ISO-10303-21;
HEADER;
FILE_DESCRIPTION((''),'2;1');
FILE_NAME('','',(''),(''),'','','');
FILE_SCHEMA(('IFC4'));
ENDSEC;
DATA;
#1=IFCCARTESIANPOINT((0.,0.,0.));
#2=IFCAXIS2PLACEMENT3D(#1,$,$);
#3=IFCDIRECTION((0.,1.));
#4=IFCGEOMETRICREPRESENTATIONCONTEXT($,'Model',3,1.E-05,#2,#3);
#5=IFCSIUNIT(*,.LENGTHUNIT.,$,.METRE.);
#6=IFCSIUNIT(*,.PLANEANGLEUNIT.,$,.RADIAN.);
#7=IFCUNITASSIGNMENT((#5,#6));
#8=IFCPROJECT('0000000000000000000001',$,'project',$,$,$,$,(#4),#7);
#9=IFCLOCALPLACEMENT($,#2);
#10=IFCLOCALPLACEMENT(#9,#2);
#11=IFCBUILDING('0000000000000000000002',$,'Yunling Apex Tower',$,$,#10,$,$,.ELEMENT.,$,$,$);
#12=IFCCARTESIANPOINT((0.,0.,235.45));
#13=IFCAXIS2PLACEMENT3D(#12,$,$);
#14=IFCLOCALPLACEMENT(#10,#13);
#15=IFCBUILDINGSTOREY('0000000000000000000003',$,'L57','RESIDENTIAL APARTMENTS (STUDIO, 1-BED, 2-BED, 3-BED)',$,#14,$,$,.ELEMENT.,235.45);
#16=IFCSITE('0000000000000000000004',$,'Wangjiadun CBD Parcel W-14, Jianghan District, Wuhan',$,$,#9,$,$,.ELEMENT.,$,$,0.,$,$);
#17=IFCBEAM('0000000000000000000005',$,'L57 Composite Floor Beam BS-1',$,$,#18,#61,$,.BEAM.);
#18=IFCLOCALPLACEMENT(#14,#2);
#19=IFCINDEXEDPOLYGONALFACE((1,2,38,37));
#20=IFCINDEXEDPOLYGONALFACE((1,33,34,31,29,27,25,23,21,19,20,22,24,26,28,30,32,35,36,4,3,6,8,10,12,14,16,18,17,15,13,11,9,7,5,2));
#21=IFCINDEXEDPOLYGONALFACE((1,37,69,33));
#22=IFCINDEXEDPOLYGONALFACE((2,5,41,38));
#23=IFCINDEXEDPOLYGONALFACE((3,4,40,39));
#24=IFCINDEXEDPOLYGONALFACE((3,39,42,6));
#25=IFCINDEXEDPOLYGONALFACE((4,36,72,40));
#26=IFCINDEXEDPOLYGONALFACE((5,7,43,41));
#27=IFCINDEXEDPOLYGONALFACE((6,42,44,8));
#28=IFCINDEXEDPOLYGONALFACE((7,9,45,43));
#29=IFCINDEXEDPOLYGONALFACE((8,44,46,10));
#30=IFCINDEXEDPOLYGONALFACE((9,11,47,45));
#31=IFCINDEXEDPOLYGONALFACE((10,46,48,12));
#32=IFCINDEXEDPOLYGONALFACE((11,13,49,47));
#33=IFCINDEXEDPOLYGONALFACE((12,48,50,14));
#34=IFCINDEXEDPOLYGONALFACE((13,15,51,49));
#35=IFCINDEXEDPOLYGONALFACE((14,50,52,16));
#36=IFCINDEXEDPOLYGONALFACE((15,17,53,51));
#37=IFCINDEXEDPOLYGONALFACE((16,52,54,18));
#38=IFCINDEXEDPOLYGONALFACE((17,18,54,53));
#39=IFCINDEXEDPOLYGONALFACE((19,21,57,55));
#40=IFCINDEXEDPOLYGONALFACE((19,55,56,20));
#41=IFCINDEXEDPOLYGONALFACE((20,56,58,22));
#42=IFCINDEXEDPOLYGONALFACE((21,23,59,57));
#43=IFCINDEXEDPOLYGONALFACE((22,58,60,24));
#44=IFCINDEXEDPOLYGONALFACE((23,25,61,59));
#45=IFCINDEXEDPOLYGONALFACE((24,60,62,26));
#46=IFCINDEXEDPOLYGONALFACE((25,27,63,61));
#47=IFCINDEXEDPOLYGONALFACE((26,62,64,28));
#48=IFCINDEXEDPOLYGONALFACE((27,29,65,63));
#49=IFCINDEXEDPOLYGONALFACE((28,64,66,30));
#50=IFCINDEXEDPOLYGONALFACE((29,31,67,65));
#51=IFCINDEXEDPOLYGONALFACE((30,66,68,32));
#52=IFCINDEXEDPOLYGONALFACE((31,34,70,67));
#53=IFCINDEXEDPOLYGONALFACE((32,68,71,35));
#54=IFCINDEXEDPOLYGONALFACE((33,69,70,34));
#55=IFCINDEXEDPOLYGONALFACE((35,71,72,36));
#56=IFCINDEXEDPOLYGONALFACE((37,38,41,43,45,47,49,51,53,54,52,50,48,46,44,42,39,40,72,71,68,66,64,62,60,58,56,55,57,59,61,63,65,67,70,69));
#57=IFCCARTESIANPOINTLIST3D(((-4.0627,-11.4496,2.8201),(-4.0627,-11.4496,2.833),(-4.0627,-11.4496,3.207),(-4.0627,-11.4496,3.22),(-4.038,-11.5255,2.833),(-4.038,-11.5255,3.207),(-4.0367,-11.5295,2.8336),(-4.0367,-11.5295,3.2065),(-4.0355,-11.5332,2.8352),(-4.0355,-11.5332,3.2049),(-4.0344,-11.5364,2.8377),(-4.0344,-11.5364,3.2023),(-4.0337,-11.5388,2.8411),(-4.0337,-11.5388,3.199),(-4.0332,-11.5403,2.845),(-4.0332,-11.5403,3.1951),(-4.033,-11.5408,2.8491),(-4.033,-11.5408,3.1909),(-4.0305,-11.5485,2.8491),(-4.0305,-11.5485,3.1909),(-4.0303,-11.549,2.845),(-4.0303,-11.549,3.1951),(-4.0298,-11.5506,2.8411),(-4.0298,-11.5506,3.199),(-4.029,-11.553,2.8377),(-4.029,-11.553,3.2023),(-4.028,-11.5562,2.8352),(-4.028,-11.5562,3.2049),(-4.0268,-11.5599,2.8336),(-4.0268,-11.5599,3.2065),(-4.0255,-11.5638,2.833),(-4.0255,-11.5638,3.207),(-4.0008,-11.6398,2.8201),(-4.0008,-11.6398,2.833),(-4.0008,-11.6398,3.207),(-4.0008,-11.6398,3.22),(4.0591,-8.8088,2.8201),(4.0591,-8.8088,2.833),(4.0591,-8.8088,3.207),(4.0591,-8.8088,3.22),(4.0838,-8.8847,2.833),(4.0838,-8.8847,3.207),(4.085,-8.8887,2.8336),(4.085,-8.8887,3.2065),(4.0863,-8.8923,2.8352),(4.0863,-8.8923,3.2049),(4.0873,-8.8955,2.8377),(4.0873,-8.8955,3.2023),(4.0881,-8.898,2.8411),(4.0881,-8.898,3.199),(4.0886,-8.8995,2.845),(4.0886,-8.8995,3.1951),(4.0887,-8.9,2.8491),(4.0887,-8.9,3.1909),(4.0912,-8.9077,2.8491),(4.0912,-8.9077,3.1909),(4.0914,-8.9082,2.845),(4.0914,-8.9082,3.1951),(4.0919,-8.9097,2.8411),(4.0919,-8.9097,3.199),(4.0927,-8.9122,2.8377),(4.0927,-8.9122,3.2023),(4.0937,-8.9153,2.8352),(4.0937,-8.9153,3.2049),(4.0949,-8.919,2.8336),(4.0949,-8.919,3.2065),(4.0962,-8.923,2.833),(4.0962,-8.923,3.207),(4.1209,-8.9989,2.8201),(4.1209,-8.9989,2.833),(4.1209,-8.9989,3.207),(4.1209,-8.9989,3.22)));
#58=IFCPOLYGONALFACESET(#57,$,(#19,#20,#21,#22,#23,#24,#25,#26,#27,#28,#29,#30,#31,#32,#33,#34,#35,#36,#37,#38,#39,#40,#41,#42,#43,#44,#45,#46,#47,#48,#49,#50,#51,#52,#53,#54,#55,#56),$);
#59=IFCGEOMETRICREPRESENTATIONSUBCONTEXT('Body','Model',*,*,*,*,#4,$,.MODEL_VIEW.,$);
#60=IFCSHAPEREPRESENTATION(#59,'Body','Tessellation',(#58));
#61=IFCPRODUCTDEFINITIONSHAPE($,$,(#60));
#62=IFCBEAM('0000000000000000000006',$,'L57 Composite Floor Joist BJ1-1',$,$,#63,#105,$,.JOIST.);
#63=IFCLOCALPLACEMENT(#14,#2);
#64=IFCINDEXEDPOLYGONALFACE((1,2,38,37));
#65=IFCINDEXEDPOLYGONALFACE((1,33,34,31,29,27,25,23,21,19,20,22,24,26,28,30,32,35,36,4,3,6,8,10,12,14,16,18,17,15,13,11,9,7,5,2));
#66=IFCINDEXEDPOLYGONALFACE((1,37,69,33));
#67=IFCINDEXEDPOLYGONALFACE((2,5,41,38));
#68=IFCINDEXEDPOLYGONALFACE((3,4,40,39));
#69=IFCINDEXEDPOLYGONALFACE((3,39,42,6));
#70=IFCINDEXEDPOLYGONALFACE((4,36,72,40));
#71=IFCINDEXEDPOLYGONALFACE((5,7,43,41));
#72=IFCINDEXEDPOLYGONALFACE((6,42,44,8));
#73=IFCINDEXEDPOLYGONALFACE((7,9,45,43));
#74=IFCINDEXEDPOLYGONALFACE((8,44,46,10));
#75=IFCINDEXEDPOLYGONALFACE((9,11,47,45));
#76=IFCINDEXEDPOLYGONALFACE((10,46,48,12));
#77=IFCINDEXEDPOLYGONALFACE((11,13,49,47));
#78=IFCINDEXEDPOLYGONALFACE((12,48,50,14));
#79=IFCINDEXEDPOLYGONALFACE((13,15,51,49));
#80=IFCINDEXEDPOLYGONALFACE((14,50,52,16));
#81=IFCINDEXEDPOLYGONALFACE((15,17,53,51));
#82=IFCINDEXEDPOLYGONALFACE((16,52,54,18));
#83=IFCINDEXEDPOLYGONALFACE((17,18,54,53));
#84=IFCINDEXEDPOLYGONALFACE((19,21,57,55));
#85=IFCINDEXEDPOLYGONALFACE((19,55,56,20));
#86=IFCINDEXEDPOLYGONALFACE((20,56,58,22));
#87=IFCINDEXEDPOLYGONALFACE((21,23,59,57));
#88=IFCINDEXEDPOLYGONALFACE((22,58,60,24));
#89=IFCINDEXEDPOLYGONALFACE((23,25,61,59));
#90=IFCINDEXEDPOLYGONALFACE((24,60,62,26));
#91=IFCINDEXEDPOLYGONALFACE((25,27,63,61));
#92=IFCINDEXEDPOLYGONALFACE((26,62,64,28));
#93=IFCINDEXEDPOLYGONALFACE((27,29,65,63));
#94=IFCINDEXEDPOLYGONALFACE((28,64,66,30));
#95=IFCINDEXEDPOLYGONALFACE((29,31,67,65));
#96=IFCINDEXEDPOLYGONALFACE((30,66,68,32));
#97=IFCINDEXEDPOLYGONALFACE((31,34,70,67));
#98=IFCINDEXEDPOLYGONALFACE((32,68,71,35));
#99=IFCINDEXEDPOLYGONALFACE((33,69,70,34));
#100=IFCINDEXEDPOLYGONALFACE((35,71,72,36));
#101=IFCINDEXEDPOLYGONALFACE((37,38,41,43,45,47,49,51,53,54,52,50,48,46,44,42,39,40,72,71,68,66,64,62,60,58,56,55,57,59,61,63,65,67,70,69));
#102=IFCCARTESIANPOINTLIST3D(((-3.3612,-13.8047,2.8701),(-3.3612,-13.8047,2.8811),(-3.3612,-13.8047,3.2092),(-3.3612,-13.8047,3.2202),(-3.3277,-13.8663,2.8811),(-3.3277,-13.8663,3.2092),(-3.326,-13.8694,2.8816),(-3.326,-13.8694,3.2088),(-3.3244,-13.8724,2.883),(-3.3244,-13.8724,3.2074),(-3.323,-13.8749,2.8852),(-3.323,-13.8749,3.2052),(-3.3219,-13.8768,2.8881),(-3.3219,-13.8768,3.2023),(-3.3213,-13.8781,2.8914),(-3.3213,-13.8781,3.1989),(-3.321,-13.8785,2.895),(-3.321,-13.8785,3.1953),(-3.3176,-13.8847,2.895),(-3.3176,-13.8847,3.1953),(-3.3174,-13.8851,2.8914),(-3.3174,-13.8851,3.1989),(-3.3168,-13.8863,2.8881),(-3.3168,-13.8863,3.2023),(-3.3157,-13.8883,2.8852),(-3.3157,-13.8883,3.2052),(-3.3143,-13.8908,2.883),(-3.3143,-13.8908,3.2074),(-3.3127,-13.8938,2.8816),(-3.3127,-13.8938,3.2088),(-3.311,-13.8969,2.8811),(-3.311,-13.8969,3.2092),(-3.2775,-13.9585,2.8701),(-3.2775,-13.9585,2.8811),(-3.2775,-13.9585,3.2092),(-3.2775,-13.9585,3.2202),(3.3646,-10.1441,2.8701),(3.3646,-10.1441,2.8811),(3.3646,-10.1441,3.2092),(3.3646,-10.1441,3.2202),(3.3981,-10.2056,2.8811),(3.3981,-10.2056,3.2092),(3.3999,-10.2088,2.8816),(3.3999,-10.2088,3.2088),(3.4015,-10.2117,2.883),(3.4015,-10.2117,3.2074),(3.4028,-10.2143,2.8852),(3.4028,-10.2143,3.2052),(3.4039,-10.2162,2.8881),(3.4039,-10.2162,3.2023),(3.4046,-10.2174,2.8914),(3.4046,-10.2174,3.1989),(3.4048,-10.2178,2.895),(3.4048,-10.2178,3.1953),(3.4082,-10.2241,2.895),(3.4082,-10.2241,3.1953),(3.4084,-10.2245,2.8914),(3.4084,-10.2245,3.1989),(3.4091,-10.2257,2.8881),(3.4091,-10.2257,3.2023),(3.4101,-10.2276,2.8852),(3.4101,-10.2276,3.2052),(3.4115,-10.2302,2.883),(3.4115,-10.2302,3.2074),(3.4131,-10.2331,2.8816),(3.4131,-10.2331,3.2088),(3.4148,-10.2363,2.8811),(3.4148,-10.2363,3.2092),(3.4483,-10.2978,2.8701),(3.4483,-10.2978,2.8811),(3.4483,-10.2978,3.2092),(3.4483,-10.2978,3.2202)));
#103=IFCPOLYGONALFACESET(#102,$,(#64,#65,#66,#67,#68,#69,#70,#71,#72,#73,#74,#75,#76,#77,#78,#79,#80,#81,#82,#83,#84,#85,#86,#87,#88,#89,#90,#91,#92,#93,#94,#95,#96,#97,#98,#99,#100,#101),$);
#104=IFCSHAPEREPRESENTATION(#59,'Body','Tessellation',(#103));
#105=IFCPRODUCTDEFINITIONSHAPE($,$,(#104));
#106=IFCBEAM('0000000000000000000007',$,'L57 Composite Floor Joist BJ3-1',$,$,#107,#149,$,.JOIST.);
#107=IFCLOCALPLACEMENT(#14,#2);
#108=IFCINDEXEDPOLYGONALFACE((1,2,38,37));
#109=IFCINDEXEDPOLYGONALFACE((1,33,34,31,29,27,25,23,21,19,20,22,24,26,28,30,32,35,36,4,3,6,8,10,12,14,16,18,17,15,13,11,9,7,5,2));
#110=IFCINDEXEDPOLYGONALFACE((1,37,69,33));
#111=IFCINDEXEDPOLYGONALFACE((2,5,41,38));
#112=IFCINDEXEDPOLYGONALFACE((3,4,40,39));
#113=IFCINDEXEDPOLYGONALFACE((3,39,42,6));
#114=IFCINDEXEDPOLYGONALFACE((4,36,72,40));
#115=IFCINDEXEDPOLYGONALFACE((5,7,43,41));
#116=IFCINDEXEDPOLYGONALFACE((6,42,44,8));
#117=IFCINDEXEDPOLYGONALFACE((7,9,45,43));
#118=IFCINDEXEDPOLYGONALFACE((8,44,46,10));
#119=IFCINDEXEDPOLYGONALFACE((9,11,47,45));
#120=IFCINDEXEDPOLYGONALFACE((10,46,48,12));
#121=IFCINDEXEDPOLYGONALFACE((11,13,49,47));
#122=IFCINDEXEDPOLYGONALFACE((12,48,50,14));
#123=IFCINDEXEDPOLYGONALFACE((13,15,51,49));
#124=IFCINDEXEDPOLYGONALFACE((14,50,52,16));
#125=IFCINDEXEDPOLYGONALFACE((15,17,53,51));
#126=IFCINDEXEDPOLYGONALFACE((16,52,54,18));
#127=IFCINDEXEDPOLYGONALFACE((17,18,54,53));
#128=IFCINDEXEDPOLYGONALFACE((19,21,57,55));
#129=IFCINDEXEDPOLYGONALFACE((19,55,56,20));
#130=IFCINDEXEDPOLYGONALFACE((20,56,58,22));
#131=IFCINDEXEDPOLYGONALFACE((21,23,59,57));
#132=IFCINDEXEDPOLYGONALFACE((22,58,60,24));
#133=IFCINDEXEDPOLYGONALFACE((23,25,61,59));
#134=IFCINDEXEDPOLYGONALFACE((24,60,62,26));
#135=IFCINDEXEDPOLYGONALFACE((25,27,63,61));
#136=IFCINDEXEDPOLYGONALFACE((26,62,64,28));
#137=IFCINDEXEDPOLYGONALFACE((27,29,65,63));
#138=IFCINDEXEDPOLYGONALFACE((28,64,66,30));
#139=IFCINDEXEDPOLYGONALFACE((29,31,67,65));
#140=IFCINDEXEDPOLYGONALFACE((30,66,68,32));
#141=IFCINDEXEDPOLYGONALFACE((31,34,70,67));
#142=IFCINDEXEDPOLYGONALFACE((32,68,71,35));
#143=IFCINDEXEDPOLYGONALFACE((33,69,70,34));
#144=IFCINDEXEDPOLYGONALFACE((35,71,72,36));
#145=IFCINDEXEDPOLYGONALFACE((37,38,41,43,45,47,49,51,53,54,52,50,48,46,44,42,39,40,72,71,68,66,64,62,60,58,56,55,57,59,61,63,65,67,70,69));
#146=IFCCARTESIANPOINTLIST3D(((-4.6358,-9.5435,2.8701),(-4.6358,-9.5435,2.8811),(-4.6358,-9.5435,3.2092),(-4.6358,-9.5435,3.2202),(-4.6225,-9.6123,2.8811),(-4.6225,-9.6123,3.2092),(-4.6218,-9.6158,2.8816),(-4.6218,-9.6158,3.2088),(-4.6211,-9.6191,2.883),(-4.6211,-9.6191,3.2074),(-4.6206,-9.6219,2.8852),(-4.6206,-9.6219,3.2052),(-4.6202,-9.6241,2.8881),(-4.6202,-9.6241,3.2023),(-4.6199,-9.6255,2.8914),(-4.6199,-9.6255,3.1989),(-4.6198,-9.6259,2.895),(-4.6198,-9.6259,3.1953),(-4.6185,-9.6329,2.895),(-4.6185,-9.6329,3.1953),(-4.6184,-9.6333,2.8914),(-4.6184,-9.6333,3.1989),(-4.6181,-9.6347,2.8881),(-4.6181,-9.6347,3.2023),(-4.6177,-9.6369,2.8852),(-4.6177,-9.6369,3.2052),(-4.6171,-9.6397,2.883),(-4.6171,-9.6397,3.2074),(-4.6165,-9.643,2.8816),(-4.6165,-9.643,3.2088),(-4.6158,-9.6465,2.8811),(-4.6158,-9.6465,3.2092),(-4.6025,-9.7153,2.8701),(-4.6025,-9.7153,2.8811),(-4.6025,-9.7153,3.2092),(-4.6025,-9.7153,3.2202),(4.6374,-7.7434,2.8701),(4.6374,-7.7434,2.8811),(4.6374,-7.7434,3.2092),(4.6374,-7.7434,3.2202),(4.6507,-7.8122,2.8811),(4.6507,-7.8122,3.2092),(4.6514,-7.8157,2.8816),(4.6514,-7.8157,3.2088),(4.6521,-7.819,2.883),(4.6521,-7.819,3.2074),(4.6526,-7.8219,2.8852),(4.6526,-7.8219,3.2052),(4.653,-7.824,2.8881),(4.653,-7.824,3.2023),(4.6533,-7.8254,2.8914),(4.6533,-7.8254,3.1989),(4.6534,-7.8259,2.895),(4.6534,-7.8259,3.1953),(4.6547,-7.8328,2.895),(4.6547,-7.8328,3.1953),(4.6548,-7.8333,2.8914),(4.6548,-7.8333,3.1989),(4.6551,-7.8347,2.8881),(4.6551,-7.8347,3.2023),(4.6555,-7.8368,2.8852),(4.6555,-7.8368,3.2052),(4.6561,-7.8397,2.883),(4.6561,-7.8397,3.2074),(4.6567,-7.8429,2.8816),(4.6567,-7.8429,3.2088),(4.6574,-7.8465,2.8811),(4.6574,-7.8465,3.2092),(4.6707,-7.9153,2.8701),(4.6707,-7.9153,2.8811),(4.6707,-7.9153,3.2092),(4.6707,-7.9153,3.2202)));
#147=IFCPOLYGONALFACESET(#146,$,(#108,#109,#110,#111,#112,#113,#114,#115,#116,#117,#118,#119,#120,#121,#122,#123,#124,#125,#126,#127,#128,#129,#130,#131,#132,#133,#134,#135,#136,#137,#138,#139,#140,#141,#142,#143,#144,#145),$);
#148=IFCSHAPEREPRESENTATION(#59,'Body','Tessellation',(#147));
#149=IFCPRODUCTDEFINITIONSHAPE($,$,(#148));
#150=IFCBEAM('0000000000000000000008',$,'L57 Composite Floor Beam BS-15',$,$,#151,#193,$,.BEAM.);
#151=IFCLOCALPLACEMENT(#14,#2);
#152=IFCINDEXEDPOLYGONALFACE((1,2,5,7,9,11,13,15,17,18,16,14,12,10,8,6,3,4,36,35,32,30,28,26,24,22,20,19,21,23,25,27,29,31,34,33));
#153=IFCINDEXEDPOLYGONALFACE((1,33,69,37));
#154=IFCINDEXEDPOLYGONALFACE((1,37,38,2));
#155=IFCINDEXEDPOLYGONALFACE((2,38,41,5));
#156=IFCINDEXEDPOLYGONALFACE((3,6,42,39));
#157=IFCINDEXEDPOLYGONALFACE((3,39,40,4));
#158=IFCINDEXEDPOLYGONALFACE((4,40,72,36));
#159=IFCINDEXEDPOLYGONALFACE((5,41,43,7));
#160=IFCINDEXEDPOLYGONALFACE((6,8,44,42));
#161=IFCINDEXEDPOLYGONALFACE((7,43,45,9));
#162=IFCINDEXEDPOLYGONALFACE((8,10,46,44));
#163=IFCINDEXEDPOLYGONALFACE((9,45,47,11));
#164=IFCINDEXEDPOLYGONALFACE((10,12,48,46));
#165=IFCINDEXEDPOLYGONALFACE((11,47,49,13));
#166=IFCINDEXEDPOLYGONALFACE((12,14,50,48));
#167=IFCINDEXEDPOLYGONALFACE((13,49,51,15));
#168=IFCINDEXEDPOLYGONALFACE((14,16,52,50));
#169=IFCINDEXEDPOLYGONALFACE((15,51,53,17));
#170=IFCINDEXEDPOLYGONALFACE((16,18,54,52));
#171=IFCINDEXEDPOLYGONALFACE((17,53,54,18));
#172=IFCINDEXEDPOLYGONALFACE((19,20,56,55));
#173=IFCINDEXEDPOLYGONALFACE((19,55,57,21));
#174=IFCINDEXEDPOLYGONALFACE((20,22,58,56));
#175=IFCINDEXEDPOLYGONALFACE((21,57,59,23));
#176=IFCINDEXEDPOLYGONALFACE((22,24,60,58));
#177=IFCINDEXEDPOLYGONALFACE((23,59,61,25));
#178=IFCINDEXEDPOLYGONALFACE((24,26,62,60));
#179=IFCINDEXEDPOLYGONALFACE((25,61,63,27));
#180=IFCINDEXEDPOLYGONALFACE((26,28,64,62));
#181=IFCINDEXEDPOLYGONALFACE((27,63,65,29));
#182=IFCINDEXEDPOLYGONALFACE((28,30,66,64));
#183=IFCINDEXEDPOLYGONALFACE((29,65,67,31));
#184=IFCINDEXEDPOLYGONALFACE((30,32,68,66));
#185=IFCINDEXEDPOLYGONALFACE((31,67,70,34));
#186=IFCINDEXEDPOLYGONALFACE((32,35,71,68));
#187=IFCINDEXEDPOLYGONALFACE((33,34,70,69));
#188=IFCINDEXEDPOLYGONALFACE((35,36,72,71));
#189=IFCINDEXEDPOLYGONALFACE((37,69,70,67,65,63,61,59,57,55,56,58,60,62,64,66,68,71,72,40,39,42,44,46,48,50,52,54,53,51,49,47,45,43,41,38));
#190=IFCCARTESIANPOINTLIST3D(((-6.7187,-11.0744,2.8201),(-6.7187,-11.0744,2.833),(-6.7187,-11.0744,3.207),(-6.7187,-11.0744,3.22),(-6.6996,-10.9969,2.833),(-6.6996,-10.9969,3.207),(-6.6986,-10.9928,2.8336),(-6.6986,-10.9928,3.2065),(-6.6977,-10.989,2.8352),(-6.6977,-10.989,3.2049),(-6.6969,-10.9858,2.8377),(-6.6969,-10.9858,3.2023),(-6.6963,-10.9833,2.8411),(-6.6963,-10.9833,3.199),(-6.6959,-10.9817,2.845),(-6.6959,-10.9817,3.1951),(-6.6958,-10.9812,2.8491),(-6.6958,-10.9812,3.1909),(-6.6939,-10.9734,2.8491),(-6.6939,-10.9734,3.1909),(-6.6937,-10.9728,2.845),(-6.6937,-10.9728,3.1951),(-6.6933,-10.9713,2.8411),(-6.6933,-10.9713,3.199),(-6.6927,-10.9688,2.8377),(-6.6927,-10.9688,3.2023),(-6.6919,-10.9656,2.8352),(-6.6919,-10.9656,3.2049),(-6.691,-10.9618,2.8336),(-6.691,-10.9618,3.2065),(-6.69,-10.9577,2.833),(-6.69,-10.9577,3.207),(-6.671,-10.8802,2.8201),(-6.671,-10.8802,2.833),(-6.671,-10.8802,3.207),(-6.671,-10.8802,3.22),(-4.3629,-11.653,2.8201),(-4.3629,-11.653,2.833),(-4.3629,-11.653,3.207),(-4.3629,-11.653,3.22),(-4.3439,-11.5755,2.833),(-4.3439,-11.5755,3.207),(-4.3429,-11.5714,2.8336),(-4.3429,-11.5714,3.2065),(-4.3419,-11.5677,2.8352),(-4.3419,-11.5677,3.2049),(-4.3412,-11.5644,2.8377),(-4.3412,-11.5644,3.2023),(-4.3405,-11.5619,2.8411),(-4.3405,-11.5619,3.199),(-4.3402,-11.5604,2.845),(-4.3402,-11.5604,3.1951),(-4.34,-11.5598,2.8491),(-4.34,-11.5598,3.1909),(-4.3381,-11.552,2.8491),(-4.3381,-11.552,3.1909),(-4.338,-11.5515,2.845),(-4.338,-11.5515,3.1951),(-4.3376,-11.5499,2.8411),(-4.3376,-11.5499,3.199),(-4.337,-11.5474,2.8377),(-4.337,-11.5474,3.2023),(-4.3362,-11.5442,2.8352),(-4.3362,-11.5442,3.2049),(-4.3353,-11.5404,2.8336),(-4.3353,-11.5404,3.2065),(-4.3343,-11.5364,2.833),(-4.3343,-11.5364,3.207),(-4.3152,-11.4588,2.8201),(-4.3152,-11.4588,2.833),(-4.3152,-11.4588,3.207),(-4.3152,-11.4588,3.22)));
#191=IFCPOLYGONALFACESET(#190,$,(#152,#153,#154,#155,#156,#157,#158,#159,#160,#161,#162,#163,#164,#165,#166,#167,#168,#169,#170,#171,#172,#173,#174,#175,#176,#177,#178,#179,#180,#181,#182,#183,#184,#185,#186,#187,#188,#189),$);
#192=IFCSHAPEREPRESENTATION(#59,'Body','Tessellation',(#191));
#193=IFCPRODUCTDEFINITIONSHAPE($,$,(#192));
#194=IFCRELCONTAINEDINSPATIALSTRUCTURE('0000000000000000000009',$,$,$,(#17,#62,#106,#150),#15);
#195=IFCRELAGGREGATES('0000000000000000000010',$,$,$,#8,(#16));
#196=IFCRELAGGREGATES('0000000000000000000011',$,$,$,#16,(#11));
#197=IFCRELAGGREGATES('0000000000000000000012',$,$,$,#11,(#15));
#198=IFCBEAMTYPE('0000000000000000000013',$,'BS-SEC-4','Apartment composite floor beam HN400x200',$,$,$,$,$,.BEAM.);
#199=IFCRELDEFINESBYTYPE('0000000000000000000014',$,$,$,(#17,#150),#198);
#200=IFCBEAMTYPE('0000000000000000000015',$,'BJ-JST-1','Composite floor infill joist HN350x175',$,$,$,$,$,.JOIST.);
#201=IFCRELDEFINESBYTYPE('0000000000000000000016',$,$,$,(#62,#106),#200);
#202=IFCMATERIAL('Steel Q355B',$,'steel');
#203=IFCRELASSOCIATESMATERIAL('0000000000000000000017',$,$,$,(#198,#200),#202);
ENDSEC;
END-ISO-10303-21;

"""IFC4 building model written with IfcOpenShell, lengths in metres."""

from ifc_helpers import new_model, si_unit, direction, frame, origin, origin_2d, place, context, subcontext, project, spatial, i_section, extrude, source, transform, mapped, material, material_profile, profile_set, type_object, element, save


model = new_model("IFC4")

# Units and contexts
model_context = context("Model", 3, precision=1e-05, world=origin(), true_north=direction((0.0, 1.0)))
body_context = subcontext(model_context, "Body", "Model", "MODEL_VIEW")
ifc_project = project(units=[si_unit("LENGTHUNIT", "METRE"), si_unit("PLANEANGLEUNIT", "RADIAN")], contexts=[model_context])

# Site, building, storey
site_placement = place(None, origin())
site = spatial("IfcSite", under=ifc_project, at=site_placement, Name="Wangjiadun CBD Parcel W-14, Jianghan District, Wuhan", CompositionType="ELEMENT", RefElevation=0.0)
building_placement = place(site_placement, origin())
building = spatial("IfcBuilding", under=site, at=building_placement, Name="Yunling Apex Tower", CompositionType="ELEMENT")
storey_placement = place(building_placement, frame((0.0, 0.0, 235.45)))
storey = spatial("IfcBuildingStorey", under=building, at=storey_placement, Name="L57", Description="RESIDENTIAL APARTMENTS (STUDIO, 1-BED, 2-BED, 3-BED)", CompositionType="ELEMENT", Elevation=235.45)

# Beams
ifc_material_1 = material(Name="Steel Q355B", Category="steel")
ifc_material_profile_1 = material_profile(ifc_material_1, i_section(OverallWidth=0.2, OverallDepth=0.3999, WebThickness=0.0081, FlangeThickness=0.0129, FilletRadius=0.0161, at=origin_2d()))
ifc_profile_set_1 = profile_set([ifc_material_profile_1], Name="Steel Q355B")
beam_type_1 = type_object("IfcBeamType", Name="BS-SEC-4", Description="Apartment composite floor beam HN400x200", PredefinedType="BEAM", material=ifc_profile_set_1)
shared_shape_1 = source(origin(), body_context, "Body", "SweptSolid", [
    extrude(i_section(OverallWidth=0.2, OverallDepth=0.3999, WebThickness=0.0081, FlangeThickness=0.0129, FilletRadius=0.0161, at=origin_2d()), origin(), (0.0, 0.0, 1.0), 8.5403),
])
beam_1_placement = place(storey_placement, frame((-4.0317, -11.5447, 3.02), z_axis=(0.95099, 0.309221, 0.0), x_axis=(-0.309221, 0.95099, 0.0)))
element("IfcBeam", 1, at=beam_1_placement, inside=storey, type_object=beam_type_1, Name="L57 Composite Floor Beam BS-1", PredefinedType="BEAM", context=body_context, shape_type="MappedRepresentation", body=[
    mapped(shared_shape_1, transform((0.0, 0.0, 0.0), scale=1.0)),
])
ifc_material_profile_2 = material_profile(ifc_material_1, i_section(OverallWidth=0.175, OverallDepth=0.3501, WebThickness=0.0071, FlangeThickness=0.011, FilletRadius=0.0139, at=origin_2d()))
ifc_profile_set_2 = profile_set([ifc_material_profile_2], Name="Steel Q355B")
beam_type_2 = type_object("IfcBeamType", Name="BJ-JST-1", Description="Composite floor infill joist HN350x175", PredefinedType="JOIST", material=ifc_profile_set_2)
shared_shape_2 = source(origin(), body_context, "Body", "SweptSolid", [
    extrude(i_section(OverallWidth=0.175, OverallDepth=0.3501, WebThickness=0.0071, FlangeThickness=0.011, FilletRadius=0.0139, at=origin_2d()), origin(), (0.0, 0.0, 1.0), 7.6575),
])
beam_2_placement = place(storey_placement, frame((-3.3193, -13.8816, 3.0452), z_axis=(0.878334, 0.478048, 0.0), x_axis=(-0.478048, 0.878334, 0.0)))
element("IfcBeam", 2, at=beam_2_placement, inside=storey, type_object=beam_type_2, Name="L57 Composite Floor Joist BJ1-1", PredefinedType="JOIST", context=body_context, shape_type="MappedRepresentation", body=[
    mapped(shared_shape_2, transform((0.0, 0.0, 0.0), scale=1.0)),
])
shared_shape_3 = source(origin(), body_context, "Body", "SweptSolid", [
    extrude(i_section(OverallWidth=0.175, OverallDepth=0.3501, WebThickness=0.0071, FlangeThickness=0.011, FilletRadius=0.0139, at=origin_2d()), origin(), (0.0, 0.0, 1.0), 9.4463),
])
beam_3_placement = place(storey_placement, frame((-4.6191, -9.6294, 3.0452), z_axis=(0.981676, 0.190556, 0.0), x_axis=(-0.190556, 0.981676, 0.0)))
element("IfcBeam", 3, at=beam_3_placement, inside=storey, type_object=beam_type_2, Name="L57 Composite Floor Joist BJ3-1", PredefinedType="JOIST", context=body_context, shape_type="MappedRepresentation", body=[
    mapped(shared_shape_3, transform((0.0, 0.0, 0.0), scale=1.0)),
])
shared_shape_4 = source(origin(), body_context, "Body", "SweptSolid", [
    extrude(i_section(OverallWidth=0.2, OverallDepth=0.3999, WebThickness=0.0081, FlangeThickness=0.0129, FilletRadius=0.0161, at=origin_2d()), origin(), (0.0, 0.0, 1.0), 2.4258),
])
beam_4_placement = place(storey_placement, frame((-6.6948, -10.9773, 3.02), z_axis=(0.971135, -0.238531, 0.0), x_axis=(0.238531, 0.971135, 0.0)))
element("IfcBeam", 4, at=beam_4_placement, inside=storey, type_object=beam_type_1, Name="L57 Composite Floor Beam BS-15", PredefinedType="BEAM", context=body_context, shape_type="MappedRepresentation", body=[
    mapped(shared_shape_4, transform((0.0, 0.0, 0.0), scale=1.0)),
])

save(model, "model.ifc")
